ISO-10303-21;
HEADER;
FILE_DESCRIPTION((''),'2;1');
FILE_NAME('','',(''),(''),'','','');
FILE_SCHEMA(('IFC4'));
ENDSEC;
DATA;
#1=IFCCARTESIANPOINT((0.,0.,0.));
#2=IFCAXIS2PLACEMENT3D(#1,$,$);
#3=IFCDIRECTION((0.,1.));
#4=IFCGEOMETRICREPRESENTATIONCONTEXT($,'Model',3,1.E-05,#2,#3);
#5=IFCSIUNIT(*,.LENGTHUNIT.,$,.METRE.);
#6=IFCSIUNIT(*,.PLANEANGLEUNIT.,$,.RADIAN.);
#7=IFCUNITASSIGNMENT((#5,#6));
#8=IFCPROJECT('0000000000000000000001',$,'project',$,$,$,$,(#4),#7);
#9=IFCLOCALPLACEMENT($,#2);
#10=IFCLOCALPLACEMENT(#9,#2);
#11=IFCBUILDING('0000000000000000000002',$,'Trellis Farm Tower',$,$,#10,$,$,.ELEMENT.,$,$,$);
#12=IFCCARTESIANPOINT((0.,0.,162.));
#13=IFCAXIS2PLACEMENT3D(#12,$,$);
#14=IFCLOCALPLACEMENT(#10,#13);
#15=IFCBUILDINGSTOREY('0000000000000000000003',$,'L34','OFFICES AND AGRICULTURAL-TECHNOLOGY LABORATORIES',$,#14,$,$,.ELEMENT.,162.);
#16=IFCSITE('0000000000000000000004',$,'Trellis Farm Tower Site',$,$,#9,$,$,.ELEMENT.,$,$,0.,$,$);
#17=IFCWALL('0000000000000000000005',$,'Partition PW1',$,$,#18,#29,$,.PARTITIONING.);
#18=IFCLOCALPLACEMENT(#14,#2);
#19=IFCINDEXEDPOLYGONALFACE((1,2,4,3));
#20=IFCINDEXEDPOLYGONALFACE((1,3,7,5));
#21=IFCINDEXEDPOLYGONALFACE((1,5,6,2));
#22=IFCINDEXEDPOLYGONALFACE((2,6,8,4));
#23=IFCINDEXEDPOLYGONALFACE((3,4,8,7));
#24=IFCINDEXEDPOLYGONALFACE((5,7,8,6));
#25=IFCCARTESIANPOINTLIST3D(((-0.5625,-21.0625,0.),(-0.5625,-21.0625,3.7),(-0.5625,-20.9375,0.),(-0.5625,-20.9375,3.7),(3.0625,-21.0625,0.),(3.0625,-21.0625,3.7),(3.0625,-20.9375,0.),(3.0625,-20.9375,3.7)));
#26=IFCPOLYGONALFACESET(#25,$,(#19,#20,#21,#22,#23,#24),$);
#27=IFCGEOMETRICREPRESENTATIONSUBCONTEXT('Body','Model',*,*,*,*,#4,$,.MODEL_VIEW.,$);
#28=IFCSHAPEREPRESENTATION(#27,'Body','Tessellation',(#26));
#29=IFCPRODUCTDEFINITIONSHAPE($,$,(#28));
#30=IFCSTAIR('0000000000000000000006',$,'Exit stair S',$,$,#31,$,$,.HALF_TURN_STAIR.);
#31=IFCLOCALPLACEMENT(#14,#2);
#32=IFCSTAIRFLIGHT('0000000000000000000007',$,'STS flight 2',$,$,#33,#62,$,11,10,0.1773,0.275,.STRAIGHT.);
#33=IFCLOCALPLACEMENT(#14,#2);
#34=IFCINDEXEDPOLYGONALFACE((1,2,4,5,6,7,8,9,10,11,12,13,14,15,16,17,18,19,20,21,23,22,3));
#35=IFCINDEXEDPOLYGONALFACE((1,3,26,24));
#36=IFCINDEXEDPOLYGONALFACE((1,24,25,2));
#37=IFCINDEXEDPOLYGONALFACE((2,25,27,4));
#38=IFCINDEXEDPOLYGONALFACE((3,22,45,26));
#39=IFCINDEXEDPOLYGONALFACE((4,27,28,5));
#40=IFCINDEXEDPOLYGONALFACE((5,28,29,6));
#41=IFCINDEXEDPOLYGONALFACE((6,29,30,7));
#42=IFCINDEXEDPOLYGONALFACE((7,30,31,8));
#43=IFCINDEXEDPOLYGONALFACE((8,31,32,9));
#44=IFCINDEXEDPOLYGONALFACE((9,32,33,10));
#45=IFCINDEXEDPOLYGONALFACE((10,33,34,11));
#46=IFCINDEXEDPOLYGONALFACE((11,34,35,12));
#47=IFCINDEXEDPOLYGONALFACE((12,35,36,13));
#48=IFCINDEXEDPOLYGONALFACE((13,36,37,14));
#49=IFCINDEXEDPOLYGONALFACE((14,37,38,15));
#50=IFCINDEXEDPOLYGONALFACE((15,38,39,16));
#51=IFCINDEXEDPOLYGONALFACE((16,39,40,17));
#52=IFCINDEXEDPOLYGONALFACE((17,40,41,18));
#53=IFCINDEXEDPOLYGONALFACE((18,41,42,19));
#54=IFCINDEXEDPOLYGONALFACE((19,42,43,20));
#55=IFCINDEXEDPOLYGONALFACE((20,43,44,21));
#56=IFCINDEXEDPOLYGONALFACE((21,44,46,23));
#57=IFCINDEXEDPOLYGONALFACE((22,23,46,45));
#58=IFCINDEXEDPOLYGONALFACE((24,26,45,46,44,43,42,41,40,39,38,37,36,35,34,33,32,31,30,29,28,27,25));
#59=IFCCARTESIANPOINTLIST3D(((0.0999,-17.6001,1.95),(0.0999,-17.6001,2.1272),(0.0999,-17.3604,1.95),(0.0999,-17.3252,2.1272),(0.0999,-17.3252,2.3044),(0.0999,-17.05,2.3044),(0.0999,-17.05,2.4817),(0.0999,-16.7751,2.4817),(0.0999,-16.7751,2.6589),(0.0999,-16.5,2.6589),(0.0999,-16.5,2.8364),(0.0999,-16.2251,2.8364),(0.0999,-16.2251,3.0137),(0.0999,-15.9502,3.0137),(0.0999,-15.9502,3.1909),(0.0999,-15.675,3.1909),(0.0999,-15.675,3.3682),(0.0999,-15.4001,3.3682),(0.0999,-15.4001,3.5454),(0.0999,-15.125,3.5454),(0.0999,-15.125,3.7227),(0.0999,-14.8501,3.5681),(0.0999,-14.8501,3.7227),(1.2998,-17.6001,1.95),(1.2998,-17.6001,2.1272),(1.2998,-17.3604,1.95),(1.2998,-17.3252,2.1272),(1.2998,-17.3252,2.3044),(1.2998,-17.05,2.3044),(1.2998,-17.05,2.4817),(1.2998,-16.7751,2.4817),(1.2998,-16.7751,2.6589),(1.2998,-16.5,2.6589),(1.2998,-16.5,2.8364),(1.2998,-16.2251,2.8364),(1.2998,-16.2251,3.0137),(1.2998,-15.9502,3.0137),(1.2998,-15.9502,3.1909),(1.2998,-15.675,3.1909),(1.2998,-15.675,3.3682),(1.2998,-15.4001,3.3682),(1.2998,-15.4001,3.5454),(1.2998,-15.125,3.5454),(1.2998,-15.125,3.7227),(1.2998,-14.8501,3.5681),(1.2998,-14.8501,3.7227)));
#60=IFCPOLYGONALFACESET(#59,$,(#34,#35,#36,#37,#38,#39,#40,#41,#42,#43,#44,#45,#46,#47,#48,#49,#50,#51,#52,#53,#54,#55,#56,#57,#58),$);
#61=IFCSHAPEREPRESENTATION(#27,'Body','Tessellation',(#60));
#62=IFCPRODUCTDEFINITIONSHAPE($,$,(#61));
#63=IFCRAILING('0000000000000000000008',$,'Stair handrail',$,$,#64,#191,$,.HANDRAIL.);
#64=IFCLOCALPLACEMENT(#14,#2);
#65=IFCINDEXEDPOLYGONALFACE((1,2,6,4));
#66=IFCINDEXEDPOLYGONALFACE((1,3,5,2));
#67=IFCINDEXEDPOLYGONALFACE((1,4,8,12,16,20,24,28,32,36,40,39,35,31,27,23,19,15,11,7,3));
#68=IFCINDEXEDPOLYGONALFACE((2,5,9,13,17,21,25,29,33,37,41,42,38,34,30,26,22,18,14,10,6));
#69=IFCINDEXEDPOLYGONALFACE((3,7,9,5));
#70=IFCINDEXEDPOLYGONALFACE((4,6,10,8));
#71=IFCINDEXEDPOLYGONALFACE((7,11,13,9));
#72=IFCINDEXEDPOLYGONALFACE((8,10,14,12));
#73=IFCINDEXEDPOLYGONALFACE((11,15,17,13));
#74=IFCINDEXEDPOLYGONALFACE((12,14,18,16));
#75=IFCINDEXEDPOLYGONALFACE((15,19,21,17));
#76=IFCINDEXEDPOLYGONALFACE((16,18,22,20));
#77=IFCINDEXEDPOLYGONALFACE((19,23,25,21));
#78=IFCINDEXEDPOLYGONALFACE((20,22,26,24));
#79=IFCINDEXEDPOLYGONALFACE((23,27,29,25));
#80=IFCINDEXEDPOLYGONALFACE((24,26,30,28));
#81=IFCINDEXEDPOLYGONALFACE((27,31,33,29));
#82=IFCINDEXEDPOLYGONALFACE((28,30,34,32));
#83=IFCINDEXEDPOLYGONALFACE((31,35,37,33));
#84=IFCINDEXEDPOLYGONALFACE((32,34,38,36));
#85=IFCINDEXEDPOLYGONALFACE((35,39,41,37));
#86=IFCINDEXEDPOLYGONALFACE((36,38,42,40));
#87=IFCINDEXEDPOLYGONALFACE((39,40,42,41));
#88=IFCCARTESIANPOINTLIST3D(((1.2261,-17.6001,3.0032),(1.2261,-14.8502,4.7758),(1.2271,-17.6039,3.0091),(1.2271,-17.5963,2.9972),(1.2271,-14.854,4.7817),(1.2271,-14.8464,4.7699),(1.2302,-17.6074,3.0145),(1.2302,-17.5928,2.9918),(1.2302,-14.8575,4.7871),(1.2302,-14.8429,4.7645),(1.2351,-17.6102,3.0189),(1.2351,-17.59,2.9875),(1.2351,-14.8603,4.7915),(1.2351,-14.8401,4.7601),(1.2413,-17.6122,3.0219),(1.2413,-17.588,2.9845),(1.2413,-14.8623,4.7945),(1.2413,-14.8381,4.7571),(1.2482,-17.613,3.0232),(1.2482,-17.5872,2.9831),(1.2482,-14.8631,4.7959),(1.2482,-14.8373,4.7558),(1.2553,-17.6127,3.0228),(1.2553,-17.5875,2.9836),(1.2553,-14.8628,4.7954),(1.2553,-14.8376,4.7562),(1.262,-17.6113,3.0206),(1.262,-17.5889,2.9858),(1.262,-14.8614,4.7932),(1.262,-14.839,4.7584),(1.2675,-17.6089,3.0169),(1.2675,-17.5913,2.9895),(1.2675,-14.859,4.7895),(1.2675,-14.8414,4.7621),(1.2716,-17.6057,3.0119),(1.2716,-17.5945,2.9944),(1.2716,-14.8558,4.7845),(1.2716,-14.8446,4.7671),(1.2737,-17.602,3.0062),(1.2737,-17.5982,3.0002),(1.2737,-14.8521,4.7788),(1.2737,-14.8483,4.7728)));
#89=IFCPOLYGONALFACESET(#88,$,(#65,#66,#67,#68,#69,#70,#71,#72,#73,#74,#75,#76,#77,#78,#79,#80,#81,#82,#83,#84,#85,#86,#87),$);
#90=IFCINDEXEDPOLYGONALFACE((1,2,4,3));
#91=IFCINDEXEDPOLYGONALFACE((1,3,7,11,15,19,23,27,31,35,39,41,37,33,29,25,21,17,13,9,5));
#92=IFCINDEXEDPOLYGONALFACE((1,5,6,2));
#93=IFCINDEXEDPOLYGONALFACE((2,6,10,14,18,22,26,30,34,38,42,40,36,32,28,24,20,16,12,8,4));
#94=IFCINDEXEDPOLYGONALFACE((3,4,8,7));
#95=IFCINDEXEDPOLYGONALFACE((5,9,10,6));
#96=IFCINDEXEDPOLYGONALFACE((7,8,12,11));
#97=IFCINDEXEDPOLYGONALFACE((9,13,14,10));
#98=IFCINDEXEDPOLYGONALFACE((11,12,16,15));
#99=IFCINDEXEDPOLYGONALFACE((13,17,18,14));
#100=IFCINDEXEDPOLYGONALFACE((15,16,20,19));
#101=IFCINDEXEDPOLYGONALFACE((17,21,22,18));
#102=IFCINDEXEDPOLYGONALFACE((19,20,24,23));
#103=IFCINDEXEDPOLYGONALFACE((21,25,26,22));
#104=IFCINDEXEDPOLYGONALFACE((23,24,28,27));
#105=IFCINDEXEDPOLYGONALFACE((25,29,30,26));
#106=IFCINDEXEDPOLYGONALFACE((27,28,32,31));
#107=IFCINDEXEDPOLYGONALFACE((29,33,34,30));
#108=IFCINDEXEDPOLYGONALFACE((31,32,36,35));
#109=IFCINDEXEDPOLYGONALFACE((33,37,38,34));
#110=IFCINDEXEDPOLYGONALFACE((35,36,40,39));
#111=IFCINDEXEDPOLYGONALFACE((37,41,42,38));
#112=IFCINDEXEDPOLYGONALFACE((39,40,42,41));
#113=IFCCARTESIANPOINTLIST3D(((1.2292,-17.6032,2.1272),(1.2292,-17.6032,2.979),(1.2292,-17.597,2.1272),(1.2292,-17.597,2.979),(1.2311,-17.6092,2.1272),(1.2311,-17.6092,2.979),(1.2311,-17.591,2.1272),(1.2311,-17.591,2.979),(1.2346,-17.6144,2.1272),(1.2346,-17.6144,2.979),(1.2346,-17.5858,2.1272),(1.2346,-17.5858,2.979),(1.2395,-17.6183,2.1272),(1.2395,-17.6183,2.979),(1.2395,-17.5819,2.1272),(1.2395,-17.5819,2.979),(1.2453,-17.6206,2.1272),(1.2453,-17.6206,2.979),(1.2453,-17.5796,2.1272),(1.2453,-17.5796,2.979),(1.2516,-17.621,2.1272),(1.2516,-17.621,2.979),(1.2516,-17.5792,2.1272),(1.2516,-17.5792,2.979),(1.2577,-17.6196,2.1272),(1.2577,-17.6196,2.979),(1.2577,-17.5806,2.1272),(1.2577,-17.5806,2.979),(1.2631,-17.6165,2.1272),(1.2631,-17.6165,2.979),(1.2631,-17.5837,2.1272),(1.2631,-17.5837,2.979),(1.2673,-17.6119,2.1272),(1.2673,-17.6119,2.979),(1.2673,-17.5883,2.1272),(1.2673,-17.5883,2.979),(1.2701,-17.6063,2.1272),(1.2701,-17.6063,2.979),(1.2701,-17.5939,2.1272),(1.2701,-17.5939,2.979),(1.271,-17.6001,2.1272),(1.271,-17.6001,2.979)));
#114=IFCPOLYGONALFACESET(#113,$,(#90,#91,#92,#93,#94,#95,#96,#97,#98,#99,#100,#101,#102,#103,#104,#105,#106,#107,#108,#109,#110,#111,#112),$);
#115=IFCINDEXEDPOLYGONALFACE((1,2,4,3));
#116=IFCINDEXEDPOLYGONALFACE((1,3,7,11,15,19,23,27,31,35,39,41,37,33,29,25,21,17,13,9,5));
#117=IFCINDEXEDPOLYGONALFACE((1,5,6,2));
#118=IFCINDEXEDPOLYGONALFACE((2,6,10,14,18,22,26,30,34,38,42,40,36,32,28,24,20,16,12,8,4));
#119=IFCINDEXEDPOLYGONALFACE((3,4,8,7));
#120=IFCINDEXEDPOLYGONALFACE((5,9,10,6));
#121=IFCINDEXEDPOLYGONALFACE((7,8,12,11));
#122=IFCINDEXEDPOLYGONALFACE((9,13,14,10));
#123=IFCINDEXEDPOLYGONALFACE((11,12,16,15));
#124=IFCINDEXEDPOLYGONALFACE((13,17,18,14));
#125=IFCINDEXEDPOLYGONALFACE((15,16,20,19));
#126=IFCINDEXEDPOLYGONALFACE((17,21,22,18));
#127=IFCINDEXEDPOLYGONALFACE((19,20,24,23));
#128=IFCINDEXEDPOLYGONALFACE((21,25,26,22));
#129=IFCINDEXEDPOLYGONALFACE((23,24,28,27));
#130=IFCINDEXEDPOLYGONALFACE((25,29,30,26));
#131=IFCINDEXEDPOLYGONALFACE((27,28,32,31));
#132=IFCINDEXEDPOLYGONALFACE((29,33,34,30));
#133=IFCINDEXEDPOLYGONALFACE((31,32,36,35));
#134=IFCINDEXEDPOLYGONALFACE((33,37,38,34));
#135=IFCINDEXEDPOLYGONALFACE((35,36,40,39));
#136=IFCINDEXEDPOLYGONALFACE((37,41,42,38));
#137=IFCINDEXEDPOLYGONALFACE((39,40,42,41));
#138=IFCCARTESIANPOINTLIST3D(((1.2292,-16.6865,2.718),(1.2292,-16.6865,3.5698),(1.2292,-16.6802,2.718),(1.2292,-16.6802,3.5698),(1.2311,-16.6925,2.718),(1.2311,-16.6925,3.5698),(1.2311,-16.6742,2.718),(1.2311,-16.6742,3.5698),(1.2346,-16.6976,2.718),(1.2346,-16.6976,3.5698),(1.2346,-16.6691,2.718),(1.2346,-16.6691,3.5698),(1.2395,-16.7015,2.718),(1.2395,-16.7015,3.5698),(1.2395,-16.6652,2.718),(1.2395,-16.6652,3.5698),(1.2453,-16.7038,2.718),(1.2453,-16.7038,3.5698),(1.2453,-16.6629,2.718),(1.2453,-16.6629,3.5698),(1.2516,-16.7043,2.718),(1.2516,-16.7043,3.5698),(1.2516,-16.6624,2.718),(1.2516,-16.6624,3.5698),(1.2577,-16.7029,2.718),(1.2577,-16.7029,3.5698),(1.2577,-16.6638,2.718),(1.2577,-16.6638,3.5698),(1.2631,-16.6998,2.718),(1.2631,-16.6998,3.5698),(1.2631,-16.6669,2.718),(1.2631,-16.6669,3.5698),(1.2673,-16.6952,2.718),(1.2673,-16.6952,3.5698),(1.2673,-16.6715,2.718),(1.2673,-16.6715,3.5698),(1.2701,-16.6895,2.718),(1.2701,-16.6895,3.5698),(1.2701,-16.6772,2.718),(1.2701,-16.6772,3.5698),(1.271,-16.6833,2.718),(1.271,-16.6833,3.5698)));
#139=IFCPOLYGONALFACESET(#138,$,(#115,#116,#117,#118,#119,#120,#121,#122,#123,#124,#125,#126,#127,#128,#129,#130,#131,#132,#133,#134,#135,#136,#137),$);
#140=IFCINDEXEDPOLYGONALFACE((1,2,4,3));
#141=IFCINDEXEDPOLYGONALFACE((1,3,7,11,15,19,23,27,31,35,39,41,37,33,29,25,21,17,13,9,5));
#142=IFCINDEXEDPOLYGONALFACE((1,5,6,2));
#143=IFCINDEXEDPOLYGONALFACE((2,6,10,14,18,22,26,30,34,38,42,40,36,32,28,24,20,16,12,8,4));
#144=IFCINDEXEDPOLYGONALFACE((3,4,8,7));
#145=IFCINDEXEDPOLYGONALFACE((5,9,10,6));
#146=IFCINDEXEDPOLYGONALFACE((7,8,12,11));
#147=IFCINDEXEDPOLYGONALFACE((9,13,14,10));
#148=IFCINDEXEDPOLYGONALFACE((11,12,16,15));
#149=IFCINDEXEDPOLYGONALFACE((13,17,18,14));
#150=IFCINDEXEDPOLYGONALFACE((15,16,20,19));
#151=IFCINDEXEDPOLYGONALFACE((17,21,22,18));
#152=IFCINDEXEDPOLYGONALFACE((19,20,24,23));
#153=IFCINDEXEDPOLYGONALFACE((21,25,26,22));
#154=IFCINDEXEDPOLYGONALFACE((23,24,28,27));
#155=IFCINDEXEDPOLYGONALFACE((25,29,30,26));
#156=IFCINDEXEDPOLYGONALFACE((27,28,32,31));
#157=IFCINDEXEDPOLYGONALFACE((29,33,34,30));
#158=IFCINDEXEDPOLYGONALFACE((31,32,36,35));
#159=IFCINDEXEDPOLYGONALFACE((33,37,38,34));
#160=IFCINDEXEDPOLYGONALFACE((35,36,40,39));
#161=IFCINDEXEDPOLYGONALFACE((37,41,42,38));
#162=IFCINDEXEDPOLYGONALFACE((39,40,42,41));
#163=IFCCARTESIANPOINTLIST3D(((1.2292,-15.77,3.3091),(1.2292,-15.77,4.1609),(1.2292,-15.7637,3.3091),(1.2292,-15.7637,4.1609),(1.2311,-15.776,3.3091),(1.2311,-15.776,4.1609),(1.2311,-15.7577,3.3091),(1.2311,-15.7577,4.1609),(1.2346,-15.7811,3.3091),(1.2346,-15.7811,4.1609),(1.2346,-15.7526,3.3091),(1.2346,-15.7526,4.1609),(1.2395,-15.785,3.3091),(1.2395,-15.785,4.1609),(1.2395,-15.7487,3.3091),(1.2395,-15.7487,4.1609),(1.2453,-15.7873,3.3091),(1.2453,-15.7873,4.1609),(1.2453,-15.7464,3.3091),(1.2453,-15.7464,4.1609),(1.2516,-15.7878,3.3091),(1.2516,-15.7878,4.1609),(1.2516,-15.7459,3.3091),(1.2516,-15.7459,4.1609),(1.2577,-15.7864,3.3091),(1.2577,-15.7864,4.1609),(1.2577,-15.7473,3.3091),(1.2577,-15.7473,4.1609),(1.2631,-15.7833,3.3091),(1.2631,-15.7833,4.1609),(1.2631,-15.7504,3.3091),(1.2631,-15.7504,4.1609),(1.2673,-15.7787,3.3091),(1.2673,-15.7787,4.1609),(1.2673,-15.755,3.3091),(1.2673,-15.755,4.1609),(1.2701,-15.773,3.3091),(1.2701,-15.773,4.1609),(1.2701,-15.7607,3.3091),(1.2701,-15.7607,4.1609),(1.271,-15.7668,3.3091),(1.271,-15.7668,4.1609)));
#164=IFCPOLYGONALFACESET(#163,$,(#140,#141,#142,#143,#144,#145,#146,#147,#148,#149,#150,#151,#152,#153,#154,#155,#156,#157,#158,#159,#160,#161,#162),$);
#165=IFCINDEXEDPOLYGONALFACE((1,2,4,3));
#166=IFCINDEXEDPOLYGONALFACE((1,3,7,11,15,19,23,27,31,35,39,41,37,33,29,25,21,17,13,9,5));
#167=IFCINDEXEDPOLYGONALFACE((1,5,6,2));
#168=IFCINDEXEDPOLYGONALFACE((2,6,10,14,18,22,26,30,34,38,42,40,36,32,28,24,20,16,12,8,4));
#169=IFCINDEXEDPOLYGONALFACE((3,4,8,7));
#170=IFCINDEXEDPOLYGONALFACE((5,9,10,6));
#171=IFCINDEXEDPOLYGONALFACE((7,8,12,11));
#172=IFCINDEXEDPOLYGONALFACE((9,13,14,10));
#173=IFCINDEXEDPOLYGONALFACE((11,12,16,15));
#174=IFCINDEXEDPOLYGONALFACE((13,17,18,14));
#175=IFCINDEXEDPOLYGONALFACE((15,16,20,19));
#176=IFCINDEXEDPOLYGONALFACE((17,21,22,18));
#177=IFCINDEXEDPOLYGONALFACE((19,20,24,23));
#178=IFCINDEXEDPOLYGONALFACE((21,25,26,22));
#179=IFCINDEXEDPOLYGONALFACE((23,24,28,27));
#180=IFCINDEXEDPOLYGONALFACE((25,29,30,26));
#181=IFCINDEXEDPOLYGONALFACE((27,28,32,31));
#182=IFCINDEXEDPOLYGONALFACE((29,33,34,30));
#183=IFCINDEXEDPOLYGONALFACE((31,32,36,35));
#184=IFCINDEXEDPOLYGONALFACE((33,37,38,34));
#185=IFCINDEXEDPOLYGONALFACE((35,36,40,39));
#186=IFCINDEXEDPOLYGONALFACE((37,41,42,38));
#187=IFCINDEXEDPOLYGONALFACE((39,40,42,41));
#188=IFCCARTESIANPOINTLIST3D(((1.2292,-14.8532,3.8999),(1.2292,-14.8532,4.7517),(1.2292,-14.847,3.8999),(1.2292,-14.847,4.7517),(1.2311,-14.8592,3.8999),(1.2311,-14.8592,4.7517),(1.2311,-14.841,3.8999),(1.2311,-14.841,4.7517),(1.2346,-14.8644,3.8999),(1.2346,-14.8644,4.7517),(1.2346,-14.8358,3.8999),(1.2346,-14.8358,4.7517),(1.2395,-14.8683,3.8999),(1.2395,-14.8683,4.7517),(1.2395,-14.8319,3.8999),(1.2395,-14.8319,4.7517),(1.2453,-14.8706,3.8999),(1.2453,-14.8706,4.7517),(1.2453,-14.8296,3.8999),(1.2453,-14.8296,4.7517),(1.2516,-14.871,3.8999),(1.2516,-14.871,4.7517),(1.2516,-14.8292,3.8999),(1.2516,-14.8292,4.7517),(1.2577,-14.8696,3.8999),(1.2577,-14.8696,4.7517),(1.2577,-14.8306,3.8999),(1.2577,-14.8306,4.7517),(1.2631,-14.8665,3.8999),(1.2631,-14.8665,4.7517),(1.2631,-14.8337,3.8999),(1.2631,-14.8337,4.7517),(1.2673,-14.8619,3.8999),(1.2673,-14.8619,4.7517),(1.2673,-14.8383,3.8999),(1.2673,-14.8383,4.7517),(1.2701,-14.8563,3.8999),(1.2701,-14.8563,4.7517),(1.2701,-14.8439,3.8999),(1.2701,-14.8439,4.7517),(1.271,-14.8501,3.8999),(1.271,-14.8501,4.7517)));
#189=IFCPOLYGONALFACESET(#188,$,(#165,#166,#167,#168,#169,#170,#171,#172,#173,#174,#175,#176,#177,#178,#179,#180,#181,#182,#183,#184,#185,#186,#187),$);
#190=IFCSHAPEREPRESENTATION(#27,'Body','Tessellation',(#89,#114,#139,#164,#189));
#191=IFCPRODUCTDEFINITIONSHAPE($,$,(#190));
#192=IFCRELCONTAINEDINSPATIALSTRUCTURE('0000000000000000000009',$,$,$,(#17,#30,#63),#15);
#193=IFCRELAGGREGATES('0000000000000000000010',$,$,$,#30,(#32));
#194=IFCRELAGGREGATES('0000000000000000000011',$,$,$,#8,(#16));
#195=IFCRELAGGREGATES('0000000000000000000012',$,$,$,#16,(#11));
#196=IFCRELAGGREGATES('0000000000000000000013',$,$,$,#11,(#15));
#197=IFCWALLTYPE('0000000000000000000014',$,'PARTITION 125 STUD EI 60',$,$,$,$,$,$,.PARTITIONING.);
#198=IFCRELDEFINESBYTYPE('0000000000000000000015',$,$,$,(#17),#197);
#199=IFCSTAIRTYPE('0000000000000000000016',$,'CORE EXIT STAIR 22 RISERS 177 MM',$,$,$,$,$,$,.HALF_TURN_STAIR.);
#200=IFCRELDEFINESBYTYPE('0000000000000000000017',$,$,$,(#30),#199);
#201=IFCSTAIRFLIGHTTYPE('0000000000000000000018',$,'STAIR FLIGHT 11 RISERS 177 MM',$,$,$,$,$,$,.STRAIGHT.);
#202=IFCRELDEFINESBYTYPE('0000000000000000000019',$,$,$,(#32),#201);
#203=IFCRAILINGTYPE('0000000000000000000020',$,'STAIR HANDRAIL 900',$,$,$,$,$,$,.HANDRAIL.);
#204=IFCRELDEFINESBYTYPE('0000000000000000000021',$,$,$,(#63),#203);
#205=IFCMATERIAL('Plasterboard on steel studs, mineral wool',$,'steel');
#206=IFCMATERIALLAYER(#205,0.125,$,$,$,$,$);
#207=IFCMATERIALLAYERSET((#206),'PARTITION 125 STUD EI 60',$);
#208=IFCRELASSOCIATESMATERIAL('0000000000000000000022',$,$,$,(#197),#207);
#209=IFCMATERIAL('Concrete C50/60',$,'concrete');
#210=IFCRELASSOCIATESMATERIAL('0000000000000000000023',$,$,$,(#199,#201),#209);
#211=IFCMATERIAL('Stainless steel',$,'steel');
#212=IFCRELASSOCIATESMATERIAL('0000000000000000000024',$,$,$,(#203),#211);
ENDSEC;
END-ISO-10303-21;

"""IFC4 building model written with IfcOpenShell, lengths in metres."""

from ifc_helpers import new_model, si_unit, direction, frame, frame_2d, origin, origin_2d, place, context, subcontext, project, spatial, polyline, rectangle, circle, outline, extrude, source, transform, mapped, material, layer, layer_set, type_object, element, aggregate, save


model = new_model("IFC4")

# Units and contexts
model_context = context("Model", 3, precision=1e-05, world=origin(), true_north=direction((0.0, 1.0)))
body_context = subcontext(model_context, "Body", "Model", "MODEL_VIEW")
ifc_project = project(units=[si_unit("LENGTHUNIT", "METRE"), si_unit("PLANEANGLEUNIT", "RADIAN")], contexts=[model_context])

# Site, building, storey
site_placement = place(None, origin())
site = spatial("IfcSite", under=ifc_project, at=site_placement, Name="Trellis Farm Tower Site", CompositionType="ELEMENT", RefElevation=0.0)
building_placement = place(site_placement, origin())
building = spatial("IfcBuilding", under=site, at=building_placement, Name="Trellis Farm Tower", CompositionType="ELEMENT")
storey_placement = place(building_placement, frame((0.0, 0.0, 162.0)))
storey = spatial("IfcBuildingStorey", under=building, at=storey_placement, Name="L34", Description="OFFICES AND AGRICULTURAL-TECHNOLOGY LABORATORIES", CompositionType="ELEMENT", Elevation=162.0)

# Shared definitions
placement_1 = place(storey_placement, origin())

# Shared definitions
ifc_material_1 = material(Name="Plasterboard on steel studs, mineral wool", Category="steel")
ifc_layer_1 = layer(ifc_material_1, 0.125)
ifc_layer_set_1 = layer_set([ifc_layer_1], Name="PARTITION 125 STUD EI 60")
wall_type_1 = type_object("IfcWallType", Name="PARTITION 125 STUD EI 60", PredefinedType="PARTITIONING", material=ifc_layer_set_1)

# Wall
shared_shape_1 = source(origin(), body_context, "Body", "SweptSolid", [
    extrude(rectangle(XDim=3.625, YDim=0.125, at=frame_2d((1.8125, 0.0))), origin(), (0.0, 0.0, 1.0), 3.7),
])
wall_1_placement = place(storey_placement, frame((3.0625, -21.0, 0.0), z_axis=(0.0, 0.0, 1.0), x_axis=(-1.0, 0.0, 0.0)))
element("IfcWall", 1, at=wall_1_placement, inside=storey, type_object=wall_type_1, Name="Partition PW1", PredefinedType="PARTITIONING", context=body_context, shape_type="MappedRepresentation", body=[
    mapped(shared_shape_1, transform((0.0, 0.0, 0.0))),
])

# Stair, stair flight
ifc_material_2 = material(Name="Concrete C50/60", Category="concrete")
stair_type = type_object("IfcStairType", Name="CORE EXIT STAIR 22 RISERS 177 MM", PredefinedType="HALF_TURN_STAIR", material=ifc_material_2)
stair = element("IfcStair", 2, at=placement_1, inside=storey, type_object=stair_type, Name="Exit stair S", PredefinedType="HALF_TURN_STAIR")
stair_flight_type = type_object("IfcStairFlightType", Name="STAIR FLIGHT 11 RISERS 177 MM", PredefinedType="STRAIGHT", material=ifc_material_2)
shared_shape_2 = source(origin(), body_context, "Body", "SweptSolid", [
    extrude(outline(polyline([(0.0, 0.0), (0.0, 0.1772), (0.2749, 0.1772), (0.2749, 0.3545), (0.55, 0.3545), (0.55, 0.5317), (0.825, 0.5317), (0.825, 0.709), (1.1001, 0.709), (1.1001, 0.8865), (1.375, 0.8865), (1.375, 1.0637), (1.6499, 1.0637), (1.6499, 1.241), (1.925, 1.241), (1.925, 1.4182), (2.2, 1.4182), (2.2, 1.5955), (2.4751, 1.5955), (2.4751, 1.7727), (2.75, 1.7727), (2.75, 1.95), (2.75, 1.6182), (0.2397, 0.0), (0.0, 0.0)])), frame((0.0, 0.6001, 0.0), z_axis=(0.0, -1.0, 0.0), x_axis=(1.0, 0.0, 0.0)), (0.0, 0.0, 1.0), 1.2),
])
stair_flight_placement = place(storey_placement, frame((0.7, -17.6001, 1.95), z_axis=(0.0, 0.0, 1.0), x_axis=(0.0, 1.0, 0.0)))
stair_flight = element("IfcStairFlight", 3, at=stair_flight_placement, type_object=stair_flight_type, Name="STS flight 2", NumberOfRisers=11, NumberOfTreads=10, PredefinedType="STRAIGHT", RiserHeight=0.1773, TreadLength=0.275, context=body_context, shape_type="MappedRepresentation", body=[
    mapped(shared_shape_2, transform((0.0, 0.0, 0.0))),
])
aggregate(stair, [stair_flight])

# Railing
ifc_material_3 = material(Name="Stainless steel", Category="steel")
railing_type = type_object("IfcRailingType", Name="STAIR HANDRAIL 900", PredefinedType="HANDRAIL", material=ifc_material_3)
shared_shape_3 = source(origin(), body_context, "Body", "SweptSolid", [
    extrude(circle(Radius=0.0239, at=origin_2d()), frame((0.0, 0.0, 0.876), z_axis=(0.0, 0.840504, 0.541806), x_axis=(-1.0, 0.0, 0.0)), (0.0, 0.0, 1.0), 3.2717),
    extrude(circle(Radius=0.021, at=origin_2d()), origin(), (0.0, 0.0, 1.0), 0.8518),
    extrude(circle(Radius=0.021, at=origin_2d()), frame((0.0, 0.9167, 0.5908)), (0.0, 0.0, 1.0), 0.8518),
    extrude(circle(Radius=0.021, at=origin_2d()), frame((0.0, 1.8333, 1.1819)), (0.0, 0.0, 1.0), 0.8518),
    extrude(circle(Radius=0.021, at=origin_2d()), frame((0.0, 2.75, 1.7727)), (0.0, 0.0, 1.0), 0.8518),
])
railing_placement = place(storey_placement, frame((1.25, -17.6001, 2.1272)))
element("IfcRailing", 4, at=railing_placement, inside=storey, type_object=railing_type, Name="Stair handrail", PredefinedType="HANDRAIL", context=body_context, shape_type="MappedRepresentation", body=[
    mapped(shared_shape_3, transform((0.0, 0.0, 0.0))),
])

save(model, "model.ifc")
